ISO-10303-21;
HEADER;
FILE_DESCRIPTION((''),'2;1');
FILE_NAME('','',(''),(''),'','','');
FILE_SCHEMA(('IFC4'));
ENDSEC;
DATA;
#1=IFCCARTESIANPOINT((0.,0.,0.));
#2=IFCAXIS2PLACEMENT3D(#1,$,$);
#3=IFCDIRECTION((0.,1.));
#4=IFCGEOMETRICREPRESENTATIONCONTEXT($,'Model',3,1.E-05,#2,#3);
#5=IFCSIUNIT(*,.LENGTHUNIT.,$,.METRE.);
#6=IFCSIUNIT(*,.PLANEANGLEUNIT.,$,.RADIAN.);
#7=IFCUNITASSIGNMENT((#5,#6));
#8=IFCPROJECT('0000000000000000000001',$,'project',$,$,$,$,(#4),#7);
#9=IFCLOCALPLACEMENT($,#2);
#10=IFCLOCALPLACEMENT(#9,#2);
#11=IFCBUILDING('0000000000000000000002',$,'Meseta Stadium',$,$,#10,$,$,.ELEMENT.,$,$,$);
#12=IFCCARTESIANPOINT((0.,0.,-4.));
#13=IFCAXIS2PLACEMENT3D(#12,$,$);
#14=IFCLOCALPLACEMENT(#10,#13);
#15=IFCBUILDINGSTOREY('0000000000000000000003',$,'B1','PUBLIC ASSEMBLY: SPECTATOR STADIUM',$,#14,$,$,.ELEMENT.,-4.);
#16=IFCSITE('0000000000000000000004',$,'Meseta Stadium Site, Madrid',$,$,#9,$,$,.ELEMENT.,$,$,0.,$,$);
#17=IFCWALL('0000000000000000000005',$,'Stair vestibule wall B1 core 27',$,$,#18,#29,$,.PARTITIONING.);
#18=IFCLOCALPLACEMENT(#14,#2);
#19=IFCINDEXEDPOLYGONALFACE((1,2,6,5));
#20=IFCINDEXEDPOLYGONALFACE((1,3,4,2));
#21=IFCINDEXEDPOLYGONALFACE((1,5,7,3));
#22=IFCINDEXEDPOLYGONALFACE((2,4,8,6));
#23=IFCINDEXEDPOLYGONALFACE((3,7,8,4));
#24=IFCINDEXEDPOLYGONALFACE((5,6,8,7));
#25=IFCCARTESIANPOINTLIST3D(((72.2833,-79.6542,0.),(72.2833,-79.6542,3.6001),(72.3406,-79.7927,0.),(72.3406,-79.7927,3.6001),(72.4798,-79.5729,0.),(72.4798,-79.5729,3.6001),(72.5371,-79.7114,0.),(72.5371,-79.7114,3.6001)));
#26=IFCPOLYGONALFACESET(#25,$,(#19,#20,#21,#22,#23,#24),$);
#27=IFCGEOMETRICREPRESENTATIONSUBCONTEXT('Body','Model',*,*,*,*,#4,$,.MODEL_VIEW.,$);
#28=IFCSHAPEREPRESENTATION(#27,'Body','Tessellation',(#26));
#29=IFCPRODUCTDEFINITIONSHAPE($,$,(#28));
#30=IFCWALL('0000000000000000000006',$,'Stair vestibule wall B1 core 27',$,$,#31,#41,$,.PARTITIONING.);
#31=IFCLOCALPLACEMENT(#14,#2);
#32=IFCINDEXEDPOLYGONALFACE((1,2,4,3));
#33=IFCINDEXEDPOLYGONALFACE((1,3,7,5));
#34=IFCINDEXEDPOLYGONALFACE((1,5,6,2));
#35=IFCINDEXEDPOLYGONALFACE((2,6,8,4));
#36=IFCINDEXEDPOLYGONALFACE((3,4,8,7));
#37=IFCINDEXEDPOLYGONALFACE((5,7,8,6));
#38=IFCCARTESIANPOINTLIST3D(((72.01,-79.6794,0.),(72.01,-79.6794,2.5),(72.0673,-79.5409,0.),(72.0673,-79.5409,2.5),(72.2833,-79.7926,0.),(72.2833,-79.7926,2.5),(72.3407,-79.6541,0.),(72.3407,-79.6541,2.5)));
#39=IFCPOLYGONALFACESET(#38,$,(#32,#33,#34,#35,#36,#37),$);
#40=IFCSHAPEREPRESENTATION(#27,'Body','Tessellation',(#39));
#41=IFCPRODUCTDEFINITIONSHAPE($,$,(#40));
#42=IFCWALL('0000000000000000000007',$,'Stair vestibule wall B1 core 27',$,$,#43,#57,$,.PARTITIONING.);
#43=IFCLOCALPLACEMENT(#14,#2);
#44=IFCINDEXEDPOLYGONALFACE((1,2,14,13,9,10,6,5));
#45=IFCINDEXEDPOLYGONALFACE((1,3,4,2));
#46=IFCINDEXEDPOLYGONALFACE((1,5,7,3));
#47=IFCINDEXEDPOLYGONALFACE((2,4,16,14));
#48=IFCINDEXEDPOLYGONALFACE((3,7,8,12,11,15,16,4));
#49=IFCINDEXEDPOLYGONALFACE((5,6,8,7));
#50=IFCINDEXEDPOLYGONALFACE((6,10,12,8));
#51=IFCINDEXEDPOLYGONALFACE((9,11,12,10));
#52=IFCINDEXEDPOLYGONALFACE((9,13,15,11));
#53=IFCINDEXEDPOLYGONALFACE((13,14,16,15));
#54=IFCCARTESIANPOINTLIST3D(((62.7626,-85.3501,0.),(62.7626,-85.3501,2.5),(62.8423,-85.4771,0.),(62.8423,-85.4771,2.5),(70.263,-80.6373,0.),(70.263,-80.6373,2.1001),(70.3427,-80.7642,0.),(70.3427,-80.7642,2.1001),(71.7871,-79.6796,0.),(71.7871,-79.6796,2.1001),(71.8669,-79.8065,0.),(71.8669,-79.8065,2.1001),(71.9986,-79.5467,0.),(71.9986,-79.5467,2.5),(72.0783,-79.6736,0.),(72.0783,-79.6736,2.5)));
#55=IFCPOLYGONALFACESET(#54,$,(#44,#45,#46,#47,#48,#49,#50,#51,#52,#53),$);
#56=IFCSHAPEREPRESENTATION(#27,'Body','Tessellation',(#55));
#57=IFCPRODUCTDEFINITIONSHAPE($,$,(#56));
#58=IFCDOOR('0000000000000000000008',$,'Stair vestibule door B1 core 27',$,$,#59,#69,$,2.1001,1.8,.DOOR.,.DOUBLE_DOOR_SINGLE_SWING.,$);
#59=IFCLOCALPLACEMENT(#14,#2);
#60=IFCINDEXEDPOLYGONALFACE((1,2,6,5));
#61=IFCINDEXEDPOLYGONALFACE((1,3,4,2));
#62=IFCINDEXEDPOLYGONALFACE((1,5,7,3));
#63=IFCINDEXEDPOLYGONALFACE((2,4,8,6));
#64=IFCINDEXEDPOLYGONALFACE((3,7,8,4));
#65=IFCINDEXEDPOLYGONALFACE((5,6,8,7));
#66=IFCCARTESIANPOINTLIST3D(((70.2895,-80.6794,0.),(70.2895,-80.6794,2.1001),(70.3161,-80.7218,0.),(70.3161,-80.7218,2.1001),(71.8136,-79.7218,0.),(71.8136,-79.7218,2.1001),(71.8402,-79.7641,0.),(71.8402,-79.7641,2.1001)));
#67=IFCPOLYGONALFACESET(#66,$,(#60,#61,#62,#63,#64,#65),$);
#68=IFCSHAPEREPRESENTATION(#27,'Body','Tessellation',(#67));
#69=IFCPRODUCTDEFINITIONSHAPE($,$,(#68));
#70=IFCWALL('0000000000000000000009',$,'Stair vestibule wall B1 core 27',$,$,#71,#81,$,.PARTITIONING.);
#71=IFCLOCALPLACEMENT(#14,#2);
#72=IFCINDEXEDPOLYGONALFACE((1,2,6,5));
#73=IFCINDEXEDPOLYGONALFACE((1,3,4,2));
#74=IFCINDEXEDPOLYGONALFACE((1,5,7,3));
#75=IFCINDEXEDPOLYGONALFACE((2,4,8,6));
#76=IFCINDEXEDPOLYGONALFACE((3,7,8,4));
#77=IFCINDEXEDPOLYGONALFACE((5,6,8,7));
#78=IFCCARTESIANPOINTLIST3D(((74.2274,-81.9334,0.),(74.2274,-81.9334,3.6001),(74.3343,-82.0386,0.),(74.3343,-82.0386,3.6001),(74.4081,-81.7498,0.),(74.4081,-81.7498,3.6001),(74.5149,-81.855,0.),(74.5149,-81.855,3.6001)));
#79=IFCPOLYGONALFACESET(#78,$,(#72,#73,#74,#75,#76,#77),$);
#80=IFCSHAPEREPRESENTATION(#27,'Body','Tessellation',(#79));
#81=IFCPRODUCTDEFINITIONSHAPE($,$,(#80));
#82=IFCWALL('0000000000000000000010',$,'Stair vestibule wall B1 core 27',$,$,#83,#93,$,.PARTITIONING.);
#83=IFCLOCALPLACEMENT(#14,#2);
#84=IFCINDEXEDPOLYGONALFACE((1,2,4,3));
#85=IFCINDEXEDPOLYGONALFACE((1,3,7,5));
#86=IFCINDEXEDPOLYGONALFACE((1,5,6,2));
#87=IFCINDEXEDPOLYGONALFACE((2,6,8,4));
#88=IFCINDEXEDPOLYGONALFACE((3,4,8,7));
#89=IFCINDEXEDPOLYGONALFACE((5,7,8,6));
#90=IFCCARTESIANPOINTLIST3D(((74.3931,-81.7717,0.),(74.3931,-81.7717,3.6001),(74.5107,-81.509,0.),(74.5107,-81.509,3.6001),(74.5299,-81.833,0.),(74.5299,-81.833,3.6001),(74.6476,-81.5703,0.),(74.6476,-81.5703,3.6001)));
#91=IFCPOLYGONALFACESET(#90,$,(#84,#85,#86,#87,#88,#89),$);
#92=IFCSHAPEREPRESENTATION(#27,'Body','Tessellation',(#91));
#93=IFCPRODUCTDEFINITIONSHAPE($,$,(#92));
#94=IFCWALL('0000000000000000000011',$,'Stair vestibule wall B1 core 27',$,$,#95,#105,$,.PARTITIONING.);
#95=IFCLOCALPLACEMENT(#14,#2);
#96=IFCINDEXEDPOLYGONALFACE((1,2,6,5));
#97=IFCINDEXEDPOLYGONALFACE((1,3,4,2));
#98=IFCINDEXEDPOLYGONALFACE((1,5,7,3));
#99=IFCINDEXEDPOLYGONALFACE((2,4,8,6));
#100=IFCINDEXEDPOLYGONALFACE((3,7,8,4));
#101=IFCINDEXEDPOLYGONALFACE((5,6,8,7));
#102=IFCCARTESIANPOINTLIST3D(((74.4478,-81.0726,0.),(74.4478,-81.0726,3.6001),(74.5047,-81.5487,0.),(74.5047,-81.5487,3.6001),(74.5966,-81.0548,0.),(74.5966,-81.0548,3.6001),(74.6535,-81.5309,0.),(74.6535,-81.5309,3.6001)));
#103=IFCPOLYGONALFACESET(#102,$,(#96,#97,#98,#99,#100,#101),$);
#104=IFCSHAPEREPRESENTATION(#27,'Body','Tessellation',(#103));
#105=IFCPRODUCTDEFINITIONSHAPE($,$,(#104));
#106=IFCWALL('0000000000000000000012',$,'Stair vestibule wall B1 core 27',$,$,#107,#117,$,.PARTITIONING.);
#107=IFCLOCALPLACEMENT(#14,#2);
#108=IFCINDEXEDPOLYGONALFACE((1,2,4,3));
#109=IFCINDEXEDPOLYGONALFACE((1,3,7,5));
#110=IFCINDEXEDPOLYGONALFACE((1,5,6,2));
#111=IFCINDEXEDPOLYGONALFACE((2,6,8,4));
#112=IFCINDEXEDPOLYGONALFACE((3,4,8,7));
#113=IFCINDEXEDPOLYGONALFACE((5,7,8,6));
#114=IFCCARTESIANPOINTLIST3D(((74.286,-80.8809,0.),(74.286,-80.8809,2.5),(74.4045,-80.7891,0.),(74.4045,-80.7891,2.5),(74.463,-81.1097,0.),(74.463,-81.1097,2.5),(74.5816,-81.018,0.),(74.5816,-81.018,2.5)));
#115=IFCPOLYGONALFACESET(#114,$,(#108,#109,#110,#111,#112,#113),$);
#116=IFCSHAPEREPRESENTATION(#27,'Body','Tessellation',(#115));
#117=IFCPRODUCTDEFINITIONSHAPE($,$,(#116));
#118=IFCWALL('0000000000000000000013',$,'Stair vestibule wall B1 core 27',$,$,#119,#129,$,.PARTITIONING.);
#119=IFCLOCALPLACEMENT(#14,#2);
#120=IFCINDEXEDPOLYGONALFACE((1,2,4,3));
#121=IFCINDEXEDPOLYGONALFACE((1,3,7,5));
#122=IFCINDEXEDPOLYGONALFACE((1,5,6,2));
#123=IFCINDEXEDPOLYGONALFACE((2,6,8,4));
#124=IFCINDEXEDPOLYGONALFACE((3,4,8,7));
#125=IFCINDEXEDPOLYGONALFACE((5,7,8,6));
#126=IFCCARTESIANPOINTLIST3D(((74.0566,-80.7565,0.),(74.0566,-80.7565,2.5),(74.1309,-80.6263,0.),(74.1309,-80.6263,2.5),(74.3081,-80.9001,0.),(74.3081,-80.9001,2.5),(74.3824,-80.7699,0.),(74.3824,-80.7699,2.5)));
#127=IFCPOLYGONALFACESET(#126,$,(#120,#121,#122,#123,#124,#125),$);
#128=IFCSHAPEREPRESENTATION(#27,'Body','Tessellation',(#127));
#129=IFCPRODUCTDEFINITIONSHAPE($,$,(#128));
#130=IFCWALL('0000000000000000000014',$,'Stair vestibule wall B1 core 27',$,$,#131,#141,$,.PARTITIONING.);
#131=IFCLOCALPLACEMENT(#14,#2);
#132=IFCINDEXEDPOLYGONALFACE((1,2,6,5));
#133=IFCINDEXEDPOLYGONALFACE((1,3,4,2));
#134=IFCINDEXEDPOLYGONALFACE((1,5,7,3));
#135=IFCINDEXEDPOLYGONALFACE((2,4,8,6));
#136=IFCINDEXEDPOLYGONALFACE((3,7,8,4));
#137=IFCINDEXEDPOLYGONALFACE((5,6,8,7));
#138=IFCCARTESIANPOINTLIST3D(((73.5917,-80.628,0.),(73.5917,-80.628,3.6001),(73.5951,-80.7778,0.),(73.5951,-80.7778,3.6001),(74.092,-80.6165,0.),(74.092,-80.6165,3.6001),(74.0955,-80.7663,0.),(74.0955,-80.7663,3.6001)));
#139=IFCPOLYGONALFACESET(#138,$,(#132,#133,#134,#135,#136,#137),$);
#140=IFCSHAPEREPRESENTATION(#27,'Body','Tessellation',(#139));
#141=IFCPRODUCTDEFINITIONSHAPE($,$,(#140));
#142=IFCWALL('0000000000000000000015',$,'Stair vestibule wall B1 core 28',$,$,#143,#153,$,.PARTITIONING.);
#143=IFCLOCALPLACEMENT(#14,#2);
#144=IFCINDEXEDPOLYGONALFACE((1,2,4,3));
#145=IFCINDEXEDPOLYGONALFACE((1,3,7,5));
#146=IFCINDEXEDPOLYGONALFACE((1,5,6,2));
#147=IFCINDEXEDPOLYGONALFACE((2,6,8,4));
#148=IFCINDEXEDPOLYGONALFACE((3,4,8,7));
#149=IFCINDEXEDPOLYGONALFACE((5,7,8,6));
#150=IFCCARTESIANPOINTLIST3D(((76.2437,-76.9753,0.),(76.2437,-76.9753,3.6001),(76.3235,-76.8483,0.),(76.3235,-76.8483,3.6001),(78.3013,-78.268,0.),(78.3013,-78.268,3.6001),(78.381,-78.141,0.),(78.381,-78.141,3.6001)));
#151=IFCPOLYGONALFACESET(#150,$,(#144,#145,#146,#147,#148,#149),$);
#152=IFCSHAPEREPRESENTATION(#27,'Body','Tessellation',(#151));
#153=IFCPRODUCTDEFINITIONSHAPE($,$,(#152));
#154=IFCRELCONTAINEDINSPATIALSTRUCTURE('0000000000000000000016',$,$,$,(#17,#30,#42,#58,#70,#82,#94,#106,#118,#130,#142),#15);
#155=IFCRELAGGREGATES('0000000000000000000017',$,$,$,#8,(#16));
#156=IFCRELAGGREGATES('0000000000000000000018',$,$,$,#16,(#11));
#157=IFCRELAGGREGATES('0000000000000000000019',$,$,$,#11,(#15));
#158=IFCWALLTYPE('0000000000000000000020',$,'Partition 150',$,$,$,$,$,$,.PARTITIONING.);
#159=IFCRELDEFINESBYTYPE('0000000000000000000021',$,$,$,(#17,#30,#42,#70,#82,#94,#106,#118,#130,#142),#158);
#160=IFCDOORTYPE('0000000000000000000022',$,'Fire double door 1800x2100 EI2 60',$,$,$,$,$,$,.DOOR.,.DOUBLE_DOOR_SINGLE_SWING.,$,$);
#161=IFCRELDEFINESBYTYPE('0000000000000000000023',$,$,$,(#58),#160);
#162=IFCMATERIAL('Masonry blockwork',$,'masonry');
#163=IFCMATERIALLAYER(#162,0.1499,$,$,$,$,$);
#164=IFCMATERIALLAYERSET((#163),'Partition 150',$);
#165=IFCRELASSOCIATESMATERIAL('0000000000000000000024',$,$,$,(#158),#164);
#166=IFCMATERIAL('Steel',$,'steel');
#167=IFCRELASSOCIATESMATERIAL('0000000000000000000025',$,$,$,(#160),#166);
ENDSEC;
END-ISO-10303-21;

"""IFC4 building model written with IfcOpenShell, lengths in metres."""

from ifc_helpers import new_model, si_unit, direction, frame, frame_2d, origin, place, context, subcontext, project, spatial, rectangle, extrude, material, layer, layer_set, type_object, element, fill, save


model = new_model("IFC4")

# Units and contexts
model_context = context("Model", 3, precision=1e-05, world=origin(), true_north=direction((0.0, 1.0)))
body_context = subcontext(model_context, "Body", "Model", "MODEL_VIEW")
ifc_project = project(units=[si_unit("LENGTHUNIT", "METRE"), si_unit("PLANEANGLEUNIT", "RADIAN")], contexts=[model_context])

# Site, building, storey
site_placement = place(None, origin())
site = spatial("IfcSite", under=ifc_project, at=site_placement, Name="Meseta Stadium Site, Madrid", CompositionType="ELEMENT", RefElevation=0.0)
building_placement = place(site_placement, origin())
building = spatial("IfcBuilding", under=site, at=building_placement, Name="Meseta Stadium", CompositionType="ELEMENT")
storey_placement = place(building_placement, frame((0.0, 0.0, -4.0)))
storey = spatial("IfcBuildingStorey", under=building, at=storey_placement, Name="B1", Description="PUBLIC ASSEMBLY: SPECTATOR STADIUM", CompositionType="ELEMENT", Elevation=-4.0)

# Walls
ifc_material_1 = material(Name="Masonry blockwork", Category="masonry")
ifc_layer_1 = layer(ifc_material_1, 0.1499)
ifc_layer_set_1 = layer_set([ifc_layer_1], Name="Partition 150")
wall_type_1 = type_object("IfcWallType", Name="Partition 150", PredefinedType="PARTITIONING", material=ifc_layer_set_1)
wall_1_placement = place(storey_placement, frame((72.5085, -79.6421, 0.0), z_axis=(0.0, 0.0, 1.0), x_axis=(-0.924059, -0.38225, 0.0)))
element("IfcWall", 1, at=wall_1_placement, inside=storey, type_object=wall_type_1, Name="Stair vestibule wall B1 core 27", PredefinedType="PARTITIONING", context=body_context, shape_type="SweptSolid", body=[
    extrude(rectangle(XDim=0.2126, YDim=0.1499, at=frame_2d((0.1064, 0.0))), origin(), (0.0, 0.0, 1.0), 3.6001),
])
wall_2_placement = place(storey_placement, frame((72.312, -79.7234, 0.0), z_axis=(0.0, 0.0, 1.0), x_axis=(-0.923856, 0.38274, 0.0)))
element("IfcWall", 2, at=wall_2_placement, inside=storey, type_object=wall_type_1, Name="Stair vestibule wall B1 core 27", PredefinedType="PARTITIONING", context=body_context, shape_type="SweptSolid", body=[
    extrude(rectangle(XDim=0.2959, YDim=0.1499, at=frame_2d((0.1479, 0.0))), origin(), (0.0, 0.0, 1.0), 2.5),
])

# Wall, opening, door
wall_3_placement = place(storey_placement, frame((72.0386, -79.6101, 0.0), z_axis=(0.0, 0.0, 1.0), x_axis=(-0.846722, -0.532035, 0.0)))
wall_3 = element("IfcWall", 3, at=wall_3_placement, inside=storey, type_object=wall_type_1, Name="Stair vestibule wall B1 core 27", PredefinedType="PARTITIONING", context=body_context, shape_type="SweptSolid", body=[
    extrude(rectangle(XDim=10.908, YDim=0.1499, at=frame_2d((5.4541, 0.0))), origin(), (0.0, 0.0, 1.0), 2.5),
])
opening_1_placement = place(wall_3_placement, frame((0.25, 0.0, 0.0)))
opening_1 = element("IfcOpeningElement", 4, at=opening_1_placement, cuts=wall_3, PredefinedType="OPENING", context=body_context, shape_type="SweptSolid", body=[
    extrude(rectangle(XDim=1.8, YDim=2.1001, at=frame_2d((0.8999, 1.05))), frame((0.0, 0.085, 0.0), z_axis=(0.0, -1.0, 0.0), x_axis=(1.0, 0.0, 0.0)), (0.0, 0.0, 1.0), 0.1699),
])
ifc_material_2 = material(Name="Steel", Category="steel")
door_type_1 = type_object("IfcDoorType", Name="Fire double door 1800x2100 EI2 60", OperationType="DOUBLE_DOOR_SINGLE_SWING", PredefinedType="DOOR", material=ifc_material_2)
door_1_placement = place(opening_1_placement, origin())
door_1 = element("IfcDoor", 5, at=door_1_placement, inside=storey, type_object=door_type_1, Name="Stair vestibule door B1 core 27", OperationType="DOUBLE_DOOR_SINGLE_SWING", OverallHeight=2.1001, OverallWidth=1.8, PredefinedType="DOOR", context=body_context, shape_type="SweptSolid", body=[
    extrude(rectangle(XDim=1.8, YDim=2.1001, at=frame_2d((0.8999, 1.05))), frame((0.0, 0.0249, 0.0), z_axis=(0.0, -1.0, 0.0), x_axis=(1.0, 0.0, 0.0)), (0.0, 0.0, 1.0), 0.05),
])
fill(opening_1, door_1)

# Walls
wall_4_placement = place(storey_placement, frame((74.2808, -81.9861, 0.0), z_axis=(0.0, 0.0, 1.0), x_axis=(0.701397, 0.712771, 0.0)))
element("IfcWall", 6, at=wall_4_placement, inside=storey, type_object=wall_type_1, Name="Stair vestibule wall B1 core 27", PredefinedType="PARTITIONING", context=body_context, shape_type="SweptSolid", body=[
    extrude(rectangle(XDim=0.2576, YDim=0.1499, at=frame_2d((0.1289, 0.0))), origin(), (0.0, 0.0, 1.0), 3.6001),
])
wall_5_placement = place(storey_placement, frame((74.4614, -81.8025, 0.0), z_axis=(0.0, 0.0, 1.0), x_axis=(0.408812, 0.912618, 0.0)))
element("IfcWall", 7, at=wall_5_placement, inside=storey, type_object=wall_type_1, Name="Stair vestibule wall B1 core 27", PredefinedType="PARTITIONING", context=body_context, shape_type="SweptSolid", body=[
    extrude(rectangle(XDim=0.2878, YDim=0.1499, at=frame_2d((0.144, 0.0))), origin(), (0.0, 0.0, 1.0), 3.6001),
])
wall_6_placement = place(storey_placement, frame((74.5791, -81.5398, 0.0), z_axis=(0.0, 0.0, 1.0), x_axis=(-0.118643, 0.992937, 0.0)))
element("IfcWall", 8, at=wall_6_placement, inside=storey, type_object=wall_type_1, Name="Stair vestibule wall B1 core 27", PredefinedType="PARTITIONING", context=body_context, shape_type="SweptSolid", body=[
    extrude(rectangle(XDim=0.4795, YDim=0.1499, at=frame_2d((0.2397, 0.0))), origin(), (0.0, 0.0, 1.0), 3.6001),
])
wall_7_placement = place(storey_placement, frame((74.5222, -81.0637, 0.0), z_axis=(0.0, 0.0, 1.0), x_axis=(-0.611952, 0.790895, 0.0)))
element("IfcWall", 9, at=wall_7_placement, inside=storey, type_object=wall_type_1, Name="Stair vestibule wall B1 core 27", PredefinedType="PARTITIONING", context=body_context, shape_type="SweptSolid", body=[
    extrude(rectangle(XDim=0.2893, YDim=0.1499, at=frame_2d((0.1445, 0.0))), origin(), (0.0, 0.0, 1.0), 2.5),
])
wall_8_placement = place(storey_placement, frame((74.3452, -80.835, 0.0), z_axis=(0.0, 0.0, 1.0), x_axis=(-0.868451, 0.495776, 0.0)))
element("IfcWall", 10, at=wall_8_placement, inside=storey, type_object=wall_type_1, Name="Stair vestibule wall B1 core 27", PredefinedType="PARTITIONING", context=body_context, shape_type="SweptSolid", body=[
    extrude(rectangle(XDim=0.2896, YDim=0.1499, at=frame_2d((0.1448, 0.0))), origin(), (0.0, 0.0, 1.0), 2.5),
])
wall_9_placement = place(storey_placement, frame((74.0938, -80.6914, 0.0), z_axis=(0.0, 0.0, 1.0), x_axis=(-0.999737, -0.022932, 0.0)))
element("IfcWall", 11, at=wall_9_placement, inside=storey, type_object=wall_type_1, Name="Stair vestibule wall B1 core 27", PredefinedType="PARTITIONING", context=body_context, shape_type="SweptSolid", body=[
    extrude(rectangle(XDim=0.5005, YDim=0.1499, at=frame_2d((0.2502, 0.0))), origin(), (0.0, 0.0, 1.0), 3.6001),
])
wall_10_placement = place(storey_placement, frame((76.2837, -76.9119, 0.0), z_axis=(0.0, 0.0, 1.0), x_axis=(0.846754, -0.531984, 0.0)))
element("IfcWall", 12, at=wall_10_placement, inside=storey, type_object=wall_type_1, Name="Stair vestibule wall B1 core 28", PredefinedType="PARTITIONING", context=body_context, shape_type="SweptSolid", body=[
    extrude(rectangle(XDim=2.4299, YDim=0.1499, at=frame_2d((1.2148, 0.0))), origin(), (0.0, 0.0, 1.0), 3.6001),
])

save(model, "model.ifc")
